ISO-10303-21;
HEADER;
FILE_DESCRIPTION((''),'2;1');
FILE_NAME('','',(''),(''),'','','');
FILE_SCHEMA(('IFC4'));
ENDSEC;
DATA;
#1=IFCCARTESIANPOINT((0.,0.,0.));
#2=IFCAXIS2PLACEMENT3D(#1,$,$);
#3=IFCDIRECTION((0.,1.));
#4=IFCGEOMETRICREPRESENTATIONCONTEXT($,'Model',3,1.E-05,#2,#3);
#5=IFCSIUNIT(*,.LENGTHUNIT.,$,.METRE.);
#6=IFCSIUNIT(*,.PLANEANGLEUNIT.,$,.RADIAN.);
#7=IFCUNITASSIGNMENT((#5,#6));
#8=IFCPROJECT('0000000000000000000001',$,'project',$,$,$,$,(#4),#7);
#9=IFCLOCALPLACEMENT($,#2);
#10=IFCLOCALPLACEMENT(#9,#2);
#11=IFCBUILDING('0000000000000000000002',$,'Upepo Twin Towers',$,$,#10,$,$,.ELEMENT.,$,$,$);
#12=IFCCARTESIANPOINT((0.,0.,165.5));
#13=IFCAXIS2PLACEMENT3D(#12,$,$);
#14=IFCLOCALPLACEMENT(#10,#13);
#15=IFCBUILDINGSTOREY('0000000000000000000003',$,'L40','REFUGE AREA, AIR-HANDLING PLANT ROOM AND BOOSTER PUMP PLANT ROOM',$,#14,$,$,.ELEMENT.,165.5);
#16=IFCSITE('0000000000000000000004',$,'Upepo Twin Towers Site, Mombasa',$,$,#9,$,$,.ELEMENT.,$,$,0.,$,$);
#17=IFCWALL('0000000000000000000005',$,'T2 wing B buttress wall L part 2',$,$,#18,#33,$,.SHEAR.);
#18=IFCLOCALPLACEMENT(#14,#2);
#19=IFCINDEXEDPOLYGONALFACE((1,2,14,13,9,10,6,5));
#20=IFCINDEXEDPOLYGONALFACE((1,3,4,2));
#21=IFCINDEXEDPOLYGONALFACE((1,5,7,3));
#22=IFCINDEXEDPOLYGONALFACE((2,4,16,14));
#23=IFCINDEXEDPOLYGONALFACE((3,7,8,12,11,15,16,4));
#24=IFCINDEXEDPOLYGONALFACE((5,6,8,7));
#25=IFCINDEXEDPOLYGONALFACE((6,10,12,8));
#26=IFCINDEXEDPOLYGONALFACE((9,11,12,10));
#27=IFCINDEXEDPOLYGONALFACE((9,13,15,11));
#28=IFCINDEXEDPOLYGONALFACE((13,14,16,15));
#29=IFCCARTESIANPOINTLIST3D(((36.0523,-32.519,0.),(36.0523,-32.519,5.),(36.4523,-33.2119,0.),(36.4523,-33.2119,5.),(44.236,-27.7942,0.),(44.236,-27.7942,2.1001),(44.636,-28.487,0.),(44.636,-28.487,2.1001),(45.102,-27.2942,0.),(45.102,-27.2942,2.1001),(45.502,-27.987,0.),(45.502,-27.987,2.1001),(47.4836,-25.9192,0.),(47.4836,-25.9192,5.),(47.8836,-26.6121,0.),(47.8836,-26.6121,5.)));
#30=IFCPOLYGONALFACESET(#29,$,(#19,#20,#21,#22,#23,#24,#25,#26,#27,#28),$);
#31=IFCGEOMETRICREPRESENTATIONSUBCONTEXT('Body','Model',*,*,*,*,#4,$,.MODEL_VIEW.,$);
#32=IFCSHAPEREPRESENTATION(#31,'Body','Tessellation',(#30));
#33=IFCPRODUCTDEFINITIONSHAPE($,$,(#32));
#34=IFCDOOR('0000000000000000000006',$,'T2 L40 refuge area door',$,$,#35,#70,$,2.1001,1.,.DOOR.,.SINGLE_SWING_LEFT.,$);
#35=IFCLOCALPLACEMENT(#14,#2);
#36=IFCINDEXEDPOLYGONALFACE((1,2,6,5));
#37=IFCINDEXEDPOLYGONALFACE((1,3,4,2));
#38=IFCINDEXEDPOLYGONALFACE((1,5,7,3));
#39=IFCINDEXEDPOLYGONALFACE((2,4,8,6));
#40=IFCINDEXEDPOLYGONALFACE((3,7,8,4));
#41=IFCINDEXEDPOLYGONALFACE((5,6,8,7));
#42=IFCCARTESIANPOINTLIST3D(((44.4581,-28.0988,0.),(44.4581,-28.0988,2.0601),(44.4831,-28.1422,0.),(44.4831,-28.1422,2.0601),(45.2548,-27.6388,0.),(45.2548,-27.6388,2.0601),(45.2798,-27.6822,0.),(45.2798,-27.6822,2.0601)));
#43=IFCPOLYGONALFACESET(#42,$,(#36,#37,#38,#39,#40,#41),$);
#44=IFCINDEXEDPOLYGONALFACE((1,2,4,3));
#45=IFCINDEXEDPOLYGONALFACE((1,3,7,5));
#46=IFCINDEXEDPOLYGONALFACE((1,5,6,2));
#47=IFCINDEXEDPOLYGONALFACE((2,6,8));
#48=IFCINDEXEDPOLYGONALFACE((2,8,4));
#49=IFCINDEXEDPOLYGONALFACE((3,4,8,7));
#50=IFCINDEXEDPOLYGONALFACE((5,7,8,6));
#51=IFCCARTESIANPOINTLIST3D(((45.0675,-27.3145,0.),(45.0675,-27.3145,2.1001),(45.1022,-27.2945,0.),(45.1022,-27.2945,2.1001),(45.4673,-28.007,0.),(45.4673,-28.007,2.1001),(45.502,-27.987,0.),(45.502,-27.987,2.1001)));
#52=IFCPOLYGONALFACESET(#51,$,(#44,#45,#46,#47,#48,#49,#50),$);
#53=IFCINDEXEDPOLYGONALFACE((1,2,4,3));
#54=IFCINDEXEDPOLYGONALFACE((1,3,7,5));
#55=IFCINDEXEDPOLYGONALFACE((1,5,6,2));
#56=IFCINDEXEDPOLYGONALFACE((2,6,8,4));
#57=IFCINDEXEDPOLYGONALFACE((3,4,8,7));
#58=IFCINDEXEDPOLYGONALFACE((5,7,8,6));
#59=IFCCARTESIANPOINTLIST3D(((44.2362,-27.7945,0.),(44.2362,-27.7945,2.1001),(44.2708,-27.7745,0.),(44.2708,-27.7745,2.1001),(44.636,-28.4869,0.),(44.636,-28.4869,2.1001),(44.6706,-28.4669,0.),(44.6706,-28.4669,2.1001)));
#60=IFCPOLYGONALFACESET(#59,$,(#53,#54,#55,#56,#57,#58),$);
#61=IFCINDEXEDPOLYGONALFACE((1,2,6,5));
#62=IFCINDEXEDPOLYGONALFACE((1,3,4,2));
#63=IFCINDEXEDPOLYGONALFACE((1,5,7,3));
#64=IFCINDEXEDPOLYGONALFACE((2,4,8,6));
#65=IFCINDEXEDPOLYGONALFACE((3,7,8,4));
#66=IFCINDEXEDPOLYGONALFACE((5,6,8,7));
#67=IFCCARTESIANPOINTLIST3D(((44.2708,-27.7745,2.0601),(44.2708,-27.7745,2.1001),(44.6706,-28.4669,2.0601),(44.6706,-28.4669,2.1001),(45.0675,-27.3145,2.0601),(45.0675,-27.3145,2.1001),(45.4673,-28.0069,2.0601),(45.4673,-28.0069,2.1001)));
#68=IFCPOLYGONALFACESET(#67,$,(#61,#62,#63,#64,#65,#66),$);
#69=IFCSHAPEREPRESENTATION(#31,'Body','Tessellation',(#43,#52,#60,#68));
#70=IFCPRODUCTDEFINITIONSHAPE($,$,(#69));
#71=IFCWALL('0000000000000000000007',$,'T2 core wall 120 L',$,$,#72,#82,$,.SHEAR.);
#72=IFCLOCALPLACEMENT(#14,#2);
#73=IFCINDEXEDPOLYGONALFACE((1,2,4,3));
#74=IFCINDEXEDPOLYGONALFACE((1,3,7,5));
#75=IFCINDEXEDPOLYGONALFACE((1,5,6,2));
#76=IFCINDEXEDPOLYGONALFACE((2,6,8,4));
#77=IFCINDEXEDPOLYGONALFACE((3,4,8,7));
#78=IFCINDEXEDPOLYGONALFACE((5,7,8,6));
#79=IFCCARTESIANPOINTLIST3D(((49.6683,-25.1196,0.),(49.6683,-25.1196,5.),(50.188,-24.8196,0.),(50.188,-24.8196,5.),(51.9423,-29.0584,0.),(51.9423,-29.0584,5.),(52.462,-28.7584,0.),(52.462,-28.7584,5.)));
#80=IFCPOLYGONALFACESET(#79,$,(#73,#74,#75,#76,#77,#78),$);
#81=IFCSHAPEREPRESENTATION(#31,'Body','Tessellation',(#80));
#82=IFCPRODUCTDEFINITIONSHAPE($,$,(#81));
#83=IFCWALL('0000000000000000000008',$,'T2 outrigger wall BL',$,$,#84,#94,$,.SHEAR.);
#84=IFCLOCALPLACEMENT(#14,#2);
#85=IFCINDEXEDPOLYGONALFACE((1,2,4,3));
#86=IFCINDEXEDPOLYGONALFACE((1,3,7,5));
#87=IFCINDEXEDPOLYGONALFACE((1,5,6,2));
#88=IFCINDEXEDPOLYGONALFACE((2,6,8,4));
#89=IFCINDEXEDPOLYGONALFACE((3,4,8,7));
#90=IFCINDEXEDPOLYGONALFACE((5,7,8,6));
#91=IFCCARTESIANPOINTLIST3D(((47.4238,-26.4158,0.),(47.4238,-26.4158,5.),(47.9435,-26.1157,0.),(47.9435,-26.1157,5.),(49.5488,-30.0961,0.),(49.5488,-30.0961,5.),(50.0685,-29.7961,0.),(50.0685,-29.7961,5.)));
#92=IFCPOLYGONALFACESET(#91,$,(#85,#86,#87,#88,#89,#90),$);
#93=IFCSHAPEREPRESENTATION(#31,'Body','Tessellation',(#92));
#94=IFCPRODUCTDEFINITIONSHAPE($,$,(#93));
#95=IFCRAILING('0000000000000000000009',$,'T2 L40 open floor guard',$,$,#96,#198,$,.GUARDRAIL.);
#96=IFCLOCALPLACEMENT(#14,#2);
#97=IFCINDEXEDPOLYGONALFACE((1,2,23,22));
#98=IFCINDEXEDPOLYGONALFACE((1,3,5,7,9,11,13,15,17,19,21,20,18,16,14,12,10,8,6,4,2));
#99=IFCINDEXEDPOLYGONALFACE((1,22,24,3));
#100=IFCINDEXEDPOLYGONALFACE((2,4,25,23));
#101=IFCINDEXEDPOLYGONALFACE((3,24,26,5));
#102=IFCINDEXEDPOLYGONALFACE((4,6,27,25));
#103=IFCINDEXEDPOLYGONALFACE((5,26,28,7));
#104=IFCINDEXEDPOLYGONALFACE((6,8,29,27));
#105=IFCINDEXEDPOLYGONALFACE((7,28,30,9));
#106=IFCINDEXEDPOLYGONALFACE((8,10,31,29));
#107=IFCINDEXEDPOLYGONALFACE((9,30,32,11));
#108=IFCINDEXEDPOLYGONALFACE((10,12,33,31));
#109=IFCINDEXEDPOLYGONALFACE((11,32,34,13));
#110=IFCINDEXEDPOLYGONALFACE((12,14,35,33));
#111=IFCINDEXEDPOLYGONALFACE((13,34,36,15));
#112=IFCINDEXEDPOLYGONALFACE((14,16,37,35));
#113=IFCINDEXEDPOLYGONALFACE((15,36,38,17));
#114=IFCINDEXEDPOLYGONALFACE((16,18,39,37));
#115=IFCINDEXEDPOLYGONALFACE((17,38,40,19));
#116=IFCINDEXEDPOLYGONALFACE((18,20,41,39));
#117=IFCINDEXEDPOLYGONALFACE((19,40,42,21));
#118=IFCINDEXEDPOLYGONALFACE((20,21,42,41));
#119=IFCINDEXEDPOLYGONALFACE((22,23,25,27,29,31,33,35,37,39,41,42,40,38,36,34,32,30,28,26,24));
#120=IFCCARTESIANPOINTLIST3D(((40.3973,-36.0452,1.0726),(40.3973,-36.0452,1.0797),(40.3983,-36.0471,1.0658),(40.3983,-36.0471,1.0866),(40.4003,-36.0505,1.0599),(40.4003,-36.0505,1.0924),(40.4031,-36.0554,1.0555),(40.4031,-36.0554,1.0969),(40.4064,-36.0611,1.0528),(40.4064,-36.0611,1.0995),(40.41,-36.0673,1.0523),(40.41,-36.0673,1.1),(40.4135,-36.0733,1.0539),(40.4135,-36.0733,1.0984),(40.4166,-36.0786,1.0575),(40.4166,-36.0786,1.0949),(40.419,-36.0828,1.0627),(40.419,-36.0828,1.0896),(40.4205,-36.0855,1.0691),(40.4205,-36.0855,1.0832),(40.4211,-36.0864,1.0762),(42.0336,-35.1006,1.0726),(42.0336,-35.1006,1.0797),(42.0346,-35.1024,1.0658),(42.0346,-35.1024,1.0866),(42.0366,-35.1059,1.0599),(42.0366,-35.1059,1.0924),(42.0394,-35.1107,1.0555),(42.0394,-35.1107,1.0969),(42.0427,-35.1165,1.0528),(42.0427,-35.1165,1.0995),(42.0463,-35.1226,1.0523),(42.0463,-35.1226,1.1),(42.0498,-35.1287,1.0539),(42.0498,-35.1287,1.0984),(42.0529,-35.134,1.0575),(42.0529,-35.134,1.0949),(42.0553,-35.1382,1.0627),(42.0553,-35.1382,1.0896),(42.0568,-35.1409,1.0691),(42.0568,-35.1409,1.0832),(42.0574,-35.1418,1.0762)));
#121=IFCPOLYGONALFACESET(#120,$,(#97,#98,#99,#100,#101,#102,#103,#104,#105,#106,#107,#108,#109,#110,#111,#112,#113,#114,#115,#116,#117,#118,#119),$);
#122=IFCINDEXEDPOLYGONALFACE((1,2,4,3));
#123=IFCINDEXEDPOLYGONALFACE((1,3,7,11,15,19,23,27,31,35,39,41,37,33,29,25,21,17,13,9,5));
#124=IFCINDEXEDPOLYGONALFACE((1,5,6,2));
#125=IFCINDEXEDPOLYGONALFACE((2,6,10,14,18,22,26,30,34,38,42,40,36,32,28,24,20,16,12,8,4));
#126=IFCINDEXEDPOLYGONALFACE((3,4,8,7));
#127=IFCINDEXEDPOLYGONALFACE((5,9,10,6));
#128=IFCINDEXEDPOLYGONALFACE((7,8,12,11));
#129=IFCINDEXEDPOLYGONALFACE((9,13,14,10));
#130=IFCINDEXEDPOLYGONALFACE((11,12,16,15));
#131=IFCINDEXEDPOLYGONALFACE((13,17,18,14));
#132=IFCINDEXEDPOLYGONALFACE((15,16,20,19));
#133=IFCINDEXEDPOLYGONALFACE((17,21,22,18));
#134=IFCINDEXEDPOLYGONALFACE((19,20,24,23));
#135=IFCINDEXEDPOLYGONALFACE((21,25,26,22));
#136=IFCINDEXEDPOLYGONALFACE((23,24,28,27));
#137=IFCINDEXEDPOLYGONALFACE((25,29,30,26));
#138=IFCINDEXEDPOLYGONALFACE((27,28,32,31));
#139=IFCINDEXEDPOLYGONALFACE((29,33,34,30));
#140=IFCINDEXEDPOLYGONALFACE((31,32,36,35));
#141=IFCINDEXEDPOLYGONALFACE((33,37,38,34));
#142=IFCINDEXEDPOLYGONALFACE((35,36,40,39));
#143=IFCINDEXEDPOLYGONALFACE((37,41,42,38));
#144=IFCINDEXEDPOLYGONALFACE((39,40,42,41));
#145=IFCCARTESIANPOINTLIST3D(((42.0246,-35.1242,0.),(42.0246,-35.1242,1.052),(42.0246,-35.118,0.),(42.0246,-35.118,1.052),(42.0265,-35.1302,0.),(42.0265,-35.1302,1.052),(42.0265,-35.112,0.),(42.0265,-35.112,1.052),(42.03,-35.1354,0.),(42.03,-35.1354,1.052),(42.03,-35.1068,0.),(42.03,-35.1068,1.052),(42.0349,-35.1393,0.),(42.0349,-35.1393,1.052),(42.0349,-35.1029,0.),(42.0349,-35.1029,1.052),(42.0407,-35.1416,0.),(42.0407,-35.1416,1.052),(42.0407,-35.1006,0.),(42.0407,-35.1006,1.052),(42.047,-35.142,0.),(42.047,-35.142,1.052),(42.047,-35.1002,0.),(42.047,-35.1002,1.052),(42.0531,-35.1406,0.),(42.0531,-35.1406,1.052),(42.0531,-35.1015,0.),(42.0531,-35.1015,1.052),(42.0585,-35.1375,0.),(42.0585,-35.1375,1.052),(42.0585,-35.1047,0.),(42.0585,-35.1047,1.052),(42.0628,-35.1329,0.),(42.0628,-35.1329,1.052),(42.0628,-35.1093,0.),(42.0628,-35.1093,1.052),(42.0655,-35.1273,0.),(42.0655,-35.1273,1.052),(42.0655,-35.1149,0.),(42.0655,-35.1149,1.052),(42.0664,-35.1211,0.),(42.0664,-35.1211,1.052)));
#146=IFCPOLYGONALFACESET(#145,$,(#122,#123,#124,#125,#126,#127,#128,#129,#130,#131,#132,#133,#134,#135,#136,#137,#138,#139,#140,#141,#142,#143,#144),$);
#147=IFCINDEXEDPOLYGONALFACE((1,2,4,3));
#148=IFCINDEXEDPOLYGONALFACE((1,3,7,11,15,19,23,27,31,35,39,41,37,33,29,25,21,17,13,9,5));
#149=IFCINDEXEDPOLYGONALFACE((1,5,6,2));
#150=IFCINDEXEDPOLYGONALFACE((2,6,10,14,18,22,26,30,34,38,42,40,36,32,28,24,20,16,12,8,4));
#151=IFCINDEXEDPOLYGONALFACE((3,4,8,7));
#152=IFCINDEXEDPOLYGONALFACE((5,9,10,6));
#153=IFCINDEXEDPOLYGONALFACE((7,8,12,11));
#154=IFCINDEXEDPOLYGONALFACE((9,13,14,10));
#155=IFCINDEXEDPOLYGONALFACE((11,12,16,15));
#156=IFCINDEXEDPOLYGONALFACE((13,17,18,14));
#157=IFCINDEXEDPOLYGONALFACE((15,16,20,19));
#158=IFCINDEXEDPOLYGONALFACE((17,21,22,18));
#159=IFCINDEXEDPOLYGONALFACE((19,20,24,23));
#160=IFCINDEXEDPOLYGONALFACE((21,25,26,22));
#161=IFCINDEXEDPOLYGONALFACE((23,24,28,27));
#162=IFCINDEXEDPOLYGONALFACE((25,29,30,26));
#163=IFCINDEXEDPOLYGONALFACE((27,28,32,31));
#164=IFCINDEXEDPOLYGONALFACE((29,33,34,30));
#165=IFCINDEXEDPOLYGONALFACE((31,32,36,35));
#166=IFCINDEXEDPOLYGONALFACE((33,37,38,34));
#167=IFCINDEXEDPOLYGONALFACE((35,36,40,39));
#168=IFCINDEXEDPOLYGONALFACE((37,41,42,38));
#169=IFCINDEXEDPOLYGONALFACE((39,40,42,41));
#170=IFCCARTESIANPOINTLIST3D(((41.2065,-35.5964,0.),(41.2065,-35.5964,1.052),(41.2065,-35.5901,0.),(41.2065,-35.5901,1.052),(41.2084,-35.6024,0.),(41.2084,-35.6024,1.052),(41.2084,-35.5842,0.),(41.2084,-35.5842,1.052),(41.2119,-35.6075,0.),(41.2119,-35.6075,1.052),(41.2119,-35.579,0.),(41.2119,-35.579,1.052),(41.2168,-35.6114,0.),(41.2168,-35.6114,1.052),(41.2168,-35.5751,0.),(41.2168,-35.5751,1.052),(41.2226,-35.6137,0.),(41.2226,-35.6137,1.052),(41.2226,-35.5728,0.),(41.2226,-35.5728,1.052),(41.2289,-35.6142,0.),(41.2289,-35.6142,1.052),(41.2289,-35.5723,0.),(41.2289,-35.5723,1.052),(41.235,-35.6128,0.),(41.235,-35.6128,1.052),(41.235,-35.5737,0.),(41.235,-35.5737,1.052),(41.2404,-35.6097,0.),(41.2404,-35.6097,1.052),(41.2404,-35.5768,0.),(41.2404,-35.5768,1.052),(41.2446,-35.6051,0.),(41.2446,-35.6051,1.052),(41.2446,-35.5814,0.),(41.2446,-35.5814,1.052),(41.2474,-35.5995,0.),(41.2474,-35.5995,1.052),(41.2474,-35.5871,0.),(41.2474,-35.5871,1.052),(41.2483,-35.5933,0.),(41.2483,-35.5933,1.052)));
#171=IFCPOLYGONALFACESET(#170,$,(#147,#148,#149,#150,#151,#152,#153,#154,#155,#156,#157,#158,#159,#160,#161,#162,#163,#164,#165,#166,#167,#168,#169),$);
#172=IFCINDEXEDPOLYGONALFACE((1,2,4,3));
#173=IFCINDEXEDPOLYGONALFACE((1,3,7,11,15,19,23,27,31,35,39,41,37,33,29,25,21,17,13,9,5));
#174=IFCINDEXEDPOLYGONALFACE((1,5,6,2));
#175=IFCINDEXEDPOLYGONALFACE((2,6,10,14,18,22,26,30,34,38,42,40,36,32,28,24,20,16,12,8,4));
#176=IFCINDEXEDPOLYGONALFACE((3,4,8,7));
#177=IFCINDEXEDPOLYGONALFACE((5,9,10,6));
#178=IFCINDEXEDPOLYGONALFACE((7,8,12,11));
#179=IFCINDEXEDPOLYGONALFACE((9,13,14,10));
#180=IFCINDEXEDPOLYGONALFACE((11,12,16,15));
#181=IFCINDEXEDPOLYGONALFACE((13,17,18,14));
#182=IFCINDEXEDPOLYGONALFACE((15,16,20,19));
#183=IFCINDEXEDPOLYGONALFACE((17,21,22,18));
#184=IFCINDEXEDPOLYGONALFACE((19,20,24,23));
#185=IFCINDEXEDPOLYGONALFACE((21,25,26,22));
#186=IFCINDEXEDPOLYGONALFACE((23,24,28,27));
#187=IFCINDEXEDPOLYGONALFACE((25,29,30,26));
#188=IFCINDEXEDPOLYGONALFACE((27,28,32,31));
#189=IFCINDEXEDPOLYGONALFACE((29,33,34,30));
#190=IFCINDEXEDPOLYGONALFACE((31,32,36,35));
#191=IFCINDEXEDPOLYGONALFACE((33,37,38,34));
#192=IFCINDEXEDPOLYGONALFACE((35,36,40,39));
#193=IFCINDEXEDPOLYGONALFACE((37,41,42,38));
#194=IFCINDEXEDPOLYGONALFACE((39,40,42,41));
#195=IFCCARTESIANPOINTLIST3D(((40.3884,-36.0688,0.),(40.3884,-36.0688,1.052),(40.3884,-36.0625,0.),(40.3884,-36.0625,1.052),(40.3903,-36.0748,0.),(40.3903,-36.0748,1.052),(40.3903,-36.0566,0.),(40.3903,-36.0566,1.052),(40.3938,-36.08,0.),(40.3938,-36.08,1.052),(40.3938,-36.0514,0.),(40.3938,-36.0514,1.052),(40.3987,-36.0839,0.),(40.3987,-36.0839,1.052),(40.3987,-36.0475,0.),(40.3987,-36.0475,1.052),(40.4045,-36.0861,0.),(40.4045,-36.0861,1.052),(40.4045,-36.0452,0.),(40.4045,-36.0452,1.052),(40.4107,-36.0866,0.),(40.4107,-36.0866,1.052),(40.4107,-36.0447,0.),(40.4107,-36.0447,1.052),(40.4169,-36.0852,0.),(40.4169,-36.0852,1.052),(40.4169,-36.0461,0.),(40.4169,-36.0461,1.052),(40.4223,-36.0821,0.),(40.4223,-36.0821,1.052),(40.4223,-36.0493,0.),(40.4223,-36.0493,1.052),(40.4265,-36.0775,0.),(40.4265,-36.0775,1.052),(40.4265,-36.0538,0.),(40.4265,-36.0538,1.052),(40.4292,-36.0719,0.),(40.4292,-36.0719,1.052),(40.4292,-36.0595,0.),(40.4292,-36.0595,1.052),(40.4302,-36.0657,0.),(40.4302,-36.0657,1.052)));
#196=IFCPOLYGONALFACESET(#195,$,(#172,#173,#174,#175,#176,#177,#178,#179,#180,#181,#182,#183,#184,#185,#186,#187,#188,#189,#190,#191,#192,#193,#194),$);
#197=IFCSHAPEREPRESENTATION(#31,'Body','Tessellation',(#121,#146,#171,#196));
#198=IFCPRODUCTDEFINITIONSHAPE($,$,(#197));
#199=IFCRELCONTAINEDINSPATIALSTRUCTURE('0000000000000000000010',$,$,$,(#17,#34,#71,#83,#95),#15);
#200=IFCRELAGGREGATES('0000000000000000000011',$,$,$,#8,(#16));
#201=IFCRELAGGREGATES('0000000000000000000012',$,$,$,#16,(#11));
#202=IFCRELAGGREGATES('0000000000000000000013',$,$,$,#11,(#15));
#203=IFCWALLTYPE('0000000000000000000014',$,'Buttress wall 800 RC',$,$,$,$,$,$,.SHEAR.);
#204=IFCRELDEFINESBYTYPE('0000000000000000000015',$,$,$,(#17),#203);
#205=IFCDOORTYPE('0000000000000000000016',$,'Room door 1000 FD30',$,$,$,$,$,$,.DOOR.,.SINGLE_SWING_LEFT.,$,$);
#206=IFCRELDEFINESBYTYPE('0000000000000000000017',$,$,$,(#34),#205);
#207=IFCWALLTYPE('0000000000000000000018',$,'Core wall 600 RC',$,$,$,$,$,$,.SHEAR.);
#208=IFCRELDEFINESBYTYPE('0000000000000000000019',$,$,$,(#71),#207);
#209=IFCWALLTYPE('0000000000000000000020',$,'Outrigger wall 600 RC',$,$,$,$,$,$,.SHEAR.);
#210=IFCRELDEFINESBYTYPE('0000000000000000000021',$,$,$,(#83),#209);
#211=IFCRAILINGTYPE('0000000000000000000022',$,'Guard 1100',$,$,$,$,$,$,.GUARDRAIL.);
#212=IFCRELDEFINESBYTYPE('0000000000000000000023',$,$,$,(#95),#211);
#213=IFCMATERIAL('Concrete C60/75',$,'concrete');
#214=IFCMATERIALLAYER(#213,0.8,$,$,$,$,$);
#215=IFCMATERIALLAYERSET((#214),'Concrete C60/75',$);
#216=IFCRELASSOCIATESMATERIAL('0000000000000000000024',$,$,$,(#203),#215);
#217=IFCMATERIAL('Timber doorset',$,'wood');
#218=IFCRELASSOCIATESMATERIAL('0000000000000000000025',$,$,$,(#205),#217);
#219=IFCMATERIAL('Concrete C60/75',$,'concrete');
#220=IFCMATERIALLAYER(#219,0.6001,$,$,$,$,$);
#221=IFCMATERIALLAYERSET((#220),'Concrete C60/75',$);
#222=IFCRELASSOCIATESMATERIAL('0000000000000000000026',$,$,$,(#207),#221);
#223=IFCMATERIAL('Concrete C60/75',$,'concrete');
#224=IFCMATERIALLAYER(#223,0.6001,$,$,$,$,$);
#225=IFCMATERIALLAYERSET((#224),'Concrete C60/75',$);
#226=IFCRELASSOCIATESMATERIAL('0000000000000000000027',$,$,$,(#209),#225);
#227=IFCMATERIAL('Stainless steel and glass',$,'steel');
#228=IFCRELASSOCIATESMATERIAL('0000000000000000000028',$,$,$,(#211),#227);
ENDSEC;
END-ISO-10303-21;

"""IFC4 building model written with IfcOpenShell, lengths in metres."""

from ifc_helpers import new_model, si_unit, direction, frame, frame_2d, origin, origin_2d, place, context, subcontext, project, spatial, rectangle, circle, extrude, material, layer, layer_set, type_object, element, fill, save


model = new_model("IFC4")

# Units and contexts
model_context = context("Model", 3, precision=1e-05, world=origin(), true_north=direction((0.0, 1.0)))
body_context = subcontext(model_context, "Body", "Model", "MODEL_VIEW")
ifc_project = project(units=[si_unit("LENGTHUNIT", "METRE"), si_unit("PLANEANGLEUNIT", "RADIAN")], contexts=[model_context])

# Site, building, storey
site_placement = place(None, origin())
site = spatial("IfcSite", under=ifc_project, at=site_placement, Name="Upepo Twin Towers Site, Mombasa", CompositionType="ELEMENT", RefElevation=0.0)
building_placement = place(site_placement, origin())
building = spatial("IfcBuilding", under=site, at=building_placement, Name="Upepo Twin Towers", CompositionType="ELEMENT")
storey_placement = place(building_placement, frame((0.0, 0.0, 165.5)))
storey = spatial("IfcBuildingStorey", under=building, at=storey_placement, Name="L40", Description="REFUGE AREA, AIR-HANDLING PLANT ROOM AND BOOSTER PUMP PLANT ROOM", CompositionType="ELEMENT", Elevation=165.5)

# Wall, opening, door
ifc_material_1 = material(Name="Concrete C60/75", Category="concrete")
ifc_layer_1 = layer(ifc_material_1, 0.8)
ifc_layer_set_1 = layer_set([ifc_layer_1], Name="Concrete C60/75")
wall_type_1 = type_object("IfcWallType", Name="Buttress wall 800 RC", PredefinedType="SHEAR", material=ifc_layer_set_1)
wall_1_placement = place(storey_placement, frame((47.6836, -26.2656, 0.0), z_axis=(0.0, 0.0, 1.0), x_axis=(-0.866028, -0.499996, 0.0)))
wall_1 = element("IfcWall", 1, at=wall_1_placement, inside=storey, type_object=wall_type_1, Name="T2 wing B buttress wall L part 2", PredefinedType="SHEAR", context=body_context, shape_type="SweptSolid", body=[
    extrude(rectangle(XDim=13.1997, YDim=0.8, at=frame_2d((6.5999, 0.0))), origin(), (0.0, 0.0, 1.0), 5.0),
])
opening_placement = place(wall_1_placement, frame((2.75, 0.0, 0.0)))
opening = element("IfcOpeningElement", 2, at=opening_placement, cuts=wall_1, PredefinedType="OPENING", context=body_context, shape_type="SweptSolid", body=[
    extrude(rectangle(XDim=1.0, YDim=2.1001, at=frame_2d((0.5, 1.05))), frame((0.0, 0.4099, 0.0), z_axis=(0.0, -1.0, 0.0), x_axis=(1.0, 0.0, 0.0)), (0.0, 0.0, 1.0), 0.8201),
])
ifc_material_2 = material(Name="Timber doorset", Category="wood")
door_type = type_object("IfcDoorType", Name="Room door 1000 FD30", OperationType="SINGLE_SWING_LEFT", PredefinedType="DOOR", material=ifc_material_2)
door_placement = place(opening_placement, origin())
door = element("IfcDoor", 3, at=door_placement, inside=storey, type_object=door_type, Name="T2 L40 refuge area door", OperationType="SINGLE_SWING_LEFT", OverallHeight=2.1001, OverallWidth=1.0, PredefinedType="DOOR", context=body_context, shape_type="SweptSolid", body=[
    extrude(rectangle(XDim=0.92, YDim=2.0601, at=frame_2d((0.5, 1.03))), frame((0.0, 0.0249, 0.0), z_axis=(0.0, -1.0, 0.0), x_axis=(1.0, 0.0, 0.0)), (0.0, 0.0, 1.0), 0.05),
    extrude(rectangle(XDim=0.04, YDim=2.1001, at=frame_2d((0.02, 1.05))), frame((0.0, 0.3999, 0.0), z_axis=(0.0, -1.0, 0.0), x_axis=(1.0, 0.0, 0.0)), (0.0, 0.0, 1.0), 0.7996),
    extrude(rectangle(XDim=0.04, YDim=2.1001, at=frame_2d((0.98, 1.05))), frame((0.0, 0.3999, 0.0), z_axis=(0.0, -1.0, 0.0), x_axis=(1.0, 0.0, 0.0)), (0.0, 0.0, 1.0), 0.7996),
    extrude(rectangle(XDim=0.92, YDim=0.04, at=frame_2d((0.5, 2.0801))), frame((0.0, 0.3999, 0.0), z_axis=(0.0, -1.0, 0.0), x_axis=(1.0, 0.0, 0.0)), (0.0, 0.0, 1.0), 0.7996),
])
fill(opening, door)

# Walls
ifc_material_3 = material(Name="Concrete C60/75", Category="concrete")
ifc_layer_2 = layer(ifc_material_3, 0.6001)
ifc_layer_set_2 = layer_set([ifc_layer_2], Name="Concrete C60/75")
wall_type_2 = type_object("IfcWallType", Name="Core wall 600 RC", PredefinedType="SHEAR", material=ifc_layer_set_2)
wall_2_placement = place(storey_placement, frame((49.9282, -24.9697, 0.0), z_axis=(0.0, 0.0, 1.0), x_axis=(0.499984, -0.866035, 0.0)))
element("IfcWall", 4, at=wall_2_placement, inside=storey, type_object=wall_type_2, Name="T2 core wall 120 L", PredefinedType="SHEAR", context=body_context, shape_type="SweptSolid", body=[
    extrude(rectangle(XDim=4.5481, YDim=0.6001, at=frame_2d((2.2739, 0.0))), origin(), (0.0, 0.0, 1.0), 5.0),
])
ifc_material_4 = material(Name="Concrete C60/75", Category="concrete")
ifc_layer_3 = layer(ifc_material_4, 0.6001)
ifc_layer_set_3 = layer_set([ifc_layer_3], Name="Concrete C60/75")
wall_type_3 = type_object("IfcWallType", Name="Outrigger wall 600 RC", PredefinedType="SHEAR", material=ifc_layer_set_3)
wall_3_placement = place(storey_placement, frame((47.6836, -26.2656, 0.0), z_axis=(0.0, 0.0, 1.0), x_axis=(0.500019, -0.866014, 0.0)))
element("IfcWall", 5, at=wall_3_placement, inside=storey, type_object=wall_type_3, Name="T2 outrigger wall BL", PredefinedType="SHEAR", context=body_context, shape_type="SweptSolid", body=[
    extrude(rectangle(XDim=4.2498, YDim=0.6001, at=frame_2d((2.125, 0.0))), origin(), (0.0, 0.0, 1.0), 5.0),
])

# Railing
ifc_material_5 = material(Name="Stainless steel and glass", Category="steel")
railing_type = type_object("IfcRailingType", Name="Guard 1100", PredefinedType="GUARDRAIL", material=ifc_material_5)
railing_1_placement = place(storey_placement, frame((42.0454, -35.1211, 0.0)))
element("IfcRailing", 6, at=railing_1_placement, inside=storey, type_object=railing_type, Name="T2 L40 open floor guard", PredefinedType="GUARDRAIL", context=body_context, shape_type="SweptSolid", body=[
    extrude(circle(Radius=0.0239, at=origin_2d()), frame((0.0, 0.0, 1.0762), z_axis=(-0.866048, -0.499961, 0.0), x_axis=(0.499961, -0.866048, 0.0)), (0.0, 0.0, 1.0), 1.8894),
    extrude(circle(Radius=0.021, at=origin_2d()), origin(), (0.0, 0.0, 1.0), 1.052),
    extrude(circle(Radius=0.021, at=origin_2d()), frame((-0.8181, -0.4722, 0.0)), (0.0, 0.0, 1.0), 1.052),
    extrude(circle(Radius=0.021, at=origin_2d()), frame((-1.6362, -0.9446, 0.0)), (0.0, 0.0, 1.0), 1.052),
])

save(model, "model.ifc")
